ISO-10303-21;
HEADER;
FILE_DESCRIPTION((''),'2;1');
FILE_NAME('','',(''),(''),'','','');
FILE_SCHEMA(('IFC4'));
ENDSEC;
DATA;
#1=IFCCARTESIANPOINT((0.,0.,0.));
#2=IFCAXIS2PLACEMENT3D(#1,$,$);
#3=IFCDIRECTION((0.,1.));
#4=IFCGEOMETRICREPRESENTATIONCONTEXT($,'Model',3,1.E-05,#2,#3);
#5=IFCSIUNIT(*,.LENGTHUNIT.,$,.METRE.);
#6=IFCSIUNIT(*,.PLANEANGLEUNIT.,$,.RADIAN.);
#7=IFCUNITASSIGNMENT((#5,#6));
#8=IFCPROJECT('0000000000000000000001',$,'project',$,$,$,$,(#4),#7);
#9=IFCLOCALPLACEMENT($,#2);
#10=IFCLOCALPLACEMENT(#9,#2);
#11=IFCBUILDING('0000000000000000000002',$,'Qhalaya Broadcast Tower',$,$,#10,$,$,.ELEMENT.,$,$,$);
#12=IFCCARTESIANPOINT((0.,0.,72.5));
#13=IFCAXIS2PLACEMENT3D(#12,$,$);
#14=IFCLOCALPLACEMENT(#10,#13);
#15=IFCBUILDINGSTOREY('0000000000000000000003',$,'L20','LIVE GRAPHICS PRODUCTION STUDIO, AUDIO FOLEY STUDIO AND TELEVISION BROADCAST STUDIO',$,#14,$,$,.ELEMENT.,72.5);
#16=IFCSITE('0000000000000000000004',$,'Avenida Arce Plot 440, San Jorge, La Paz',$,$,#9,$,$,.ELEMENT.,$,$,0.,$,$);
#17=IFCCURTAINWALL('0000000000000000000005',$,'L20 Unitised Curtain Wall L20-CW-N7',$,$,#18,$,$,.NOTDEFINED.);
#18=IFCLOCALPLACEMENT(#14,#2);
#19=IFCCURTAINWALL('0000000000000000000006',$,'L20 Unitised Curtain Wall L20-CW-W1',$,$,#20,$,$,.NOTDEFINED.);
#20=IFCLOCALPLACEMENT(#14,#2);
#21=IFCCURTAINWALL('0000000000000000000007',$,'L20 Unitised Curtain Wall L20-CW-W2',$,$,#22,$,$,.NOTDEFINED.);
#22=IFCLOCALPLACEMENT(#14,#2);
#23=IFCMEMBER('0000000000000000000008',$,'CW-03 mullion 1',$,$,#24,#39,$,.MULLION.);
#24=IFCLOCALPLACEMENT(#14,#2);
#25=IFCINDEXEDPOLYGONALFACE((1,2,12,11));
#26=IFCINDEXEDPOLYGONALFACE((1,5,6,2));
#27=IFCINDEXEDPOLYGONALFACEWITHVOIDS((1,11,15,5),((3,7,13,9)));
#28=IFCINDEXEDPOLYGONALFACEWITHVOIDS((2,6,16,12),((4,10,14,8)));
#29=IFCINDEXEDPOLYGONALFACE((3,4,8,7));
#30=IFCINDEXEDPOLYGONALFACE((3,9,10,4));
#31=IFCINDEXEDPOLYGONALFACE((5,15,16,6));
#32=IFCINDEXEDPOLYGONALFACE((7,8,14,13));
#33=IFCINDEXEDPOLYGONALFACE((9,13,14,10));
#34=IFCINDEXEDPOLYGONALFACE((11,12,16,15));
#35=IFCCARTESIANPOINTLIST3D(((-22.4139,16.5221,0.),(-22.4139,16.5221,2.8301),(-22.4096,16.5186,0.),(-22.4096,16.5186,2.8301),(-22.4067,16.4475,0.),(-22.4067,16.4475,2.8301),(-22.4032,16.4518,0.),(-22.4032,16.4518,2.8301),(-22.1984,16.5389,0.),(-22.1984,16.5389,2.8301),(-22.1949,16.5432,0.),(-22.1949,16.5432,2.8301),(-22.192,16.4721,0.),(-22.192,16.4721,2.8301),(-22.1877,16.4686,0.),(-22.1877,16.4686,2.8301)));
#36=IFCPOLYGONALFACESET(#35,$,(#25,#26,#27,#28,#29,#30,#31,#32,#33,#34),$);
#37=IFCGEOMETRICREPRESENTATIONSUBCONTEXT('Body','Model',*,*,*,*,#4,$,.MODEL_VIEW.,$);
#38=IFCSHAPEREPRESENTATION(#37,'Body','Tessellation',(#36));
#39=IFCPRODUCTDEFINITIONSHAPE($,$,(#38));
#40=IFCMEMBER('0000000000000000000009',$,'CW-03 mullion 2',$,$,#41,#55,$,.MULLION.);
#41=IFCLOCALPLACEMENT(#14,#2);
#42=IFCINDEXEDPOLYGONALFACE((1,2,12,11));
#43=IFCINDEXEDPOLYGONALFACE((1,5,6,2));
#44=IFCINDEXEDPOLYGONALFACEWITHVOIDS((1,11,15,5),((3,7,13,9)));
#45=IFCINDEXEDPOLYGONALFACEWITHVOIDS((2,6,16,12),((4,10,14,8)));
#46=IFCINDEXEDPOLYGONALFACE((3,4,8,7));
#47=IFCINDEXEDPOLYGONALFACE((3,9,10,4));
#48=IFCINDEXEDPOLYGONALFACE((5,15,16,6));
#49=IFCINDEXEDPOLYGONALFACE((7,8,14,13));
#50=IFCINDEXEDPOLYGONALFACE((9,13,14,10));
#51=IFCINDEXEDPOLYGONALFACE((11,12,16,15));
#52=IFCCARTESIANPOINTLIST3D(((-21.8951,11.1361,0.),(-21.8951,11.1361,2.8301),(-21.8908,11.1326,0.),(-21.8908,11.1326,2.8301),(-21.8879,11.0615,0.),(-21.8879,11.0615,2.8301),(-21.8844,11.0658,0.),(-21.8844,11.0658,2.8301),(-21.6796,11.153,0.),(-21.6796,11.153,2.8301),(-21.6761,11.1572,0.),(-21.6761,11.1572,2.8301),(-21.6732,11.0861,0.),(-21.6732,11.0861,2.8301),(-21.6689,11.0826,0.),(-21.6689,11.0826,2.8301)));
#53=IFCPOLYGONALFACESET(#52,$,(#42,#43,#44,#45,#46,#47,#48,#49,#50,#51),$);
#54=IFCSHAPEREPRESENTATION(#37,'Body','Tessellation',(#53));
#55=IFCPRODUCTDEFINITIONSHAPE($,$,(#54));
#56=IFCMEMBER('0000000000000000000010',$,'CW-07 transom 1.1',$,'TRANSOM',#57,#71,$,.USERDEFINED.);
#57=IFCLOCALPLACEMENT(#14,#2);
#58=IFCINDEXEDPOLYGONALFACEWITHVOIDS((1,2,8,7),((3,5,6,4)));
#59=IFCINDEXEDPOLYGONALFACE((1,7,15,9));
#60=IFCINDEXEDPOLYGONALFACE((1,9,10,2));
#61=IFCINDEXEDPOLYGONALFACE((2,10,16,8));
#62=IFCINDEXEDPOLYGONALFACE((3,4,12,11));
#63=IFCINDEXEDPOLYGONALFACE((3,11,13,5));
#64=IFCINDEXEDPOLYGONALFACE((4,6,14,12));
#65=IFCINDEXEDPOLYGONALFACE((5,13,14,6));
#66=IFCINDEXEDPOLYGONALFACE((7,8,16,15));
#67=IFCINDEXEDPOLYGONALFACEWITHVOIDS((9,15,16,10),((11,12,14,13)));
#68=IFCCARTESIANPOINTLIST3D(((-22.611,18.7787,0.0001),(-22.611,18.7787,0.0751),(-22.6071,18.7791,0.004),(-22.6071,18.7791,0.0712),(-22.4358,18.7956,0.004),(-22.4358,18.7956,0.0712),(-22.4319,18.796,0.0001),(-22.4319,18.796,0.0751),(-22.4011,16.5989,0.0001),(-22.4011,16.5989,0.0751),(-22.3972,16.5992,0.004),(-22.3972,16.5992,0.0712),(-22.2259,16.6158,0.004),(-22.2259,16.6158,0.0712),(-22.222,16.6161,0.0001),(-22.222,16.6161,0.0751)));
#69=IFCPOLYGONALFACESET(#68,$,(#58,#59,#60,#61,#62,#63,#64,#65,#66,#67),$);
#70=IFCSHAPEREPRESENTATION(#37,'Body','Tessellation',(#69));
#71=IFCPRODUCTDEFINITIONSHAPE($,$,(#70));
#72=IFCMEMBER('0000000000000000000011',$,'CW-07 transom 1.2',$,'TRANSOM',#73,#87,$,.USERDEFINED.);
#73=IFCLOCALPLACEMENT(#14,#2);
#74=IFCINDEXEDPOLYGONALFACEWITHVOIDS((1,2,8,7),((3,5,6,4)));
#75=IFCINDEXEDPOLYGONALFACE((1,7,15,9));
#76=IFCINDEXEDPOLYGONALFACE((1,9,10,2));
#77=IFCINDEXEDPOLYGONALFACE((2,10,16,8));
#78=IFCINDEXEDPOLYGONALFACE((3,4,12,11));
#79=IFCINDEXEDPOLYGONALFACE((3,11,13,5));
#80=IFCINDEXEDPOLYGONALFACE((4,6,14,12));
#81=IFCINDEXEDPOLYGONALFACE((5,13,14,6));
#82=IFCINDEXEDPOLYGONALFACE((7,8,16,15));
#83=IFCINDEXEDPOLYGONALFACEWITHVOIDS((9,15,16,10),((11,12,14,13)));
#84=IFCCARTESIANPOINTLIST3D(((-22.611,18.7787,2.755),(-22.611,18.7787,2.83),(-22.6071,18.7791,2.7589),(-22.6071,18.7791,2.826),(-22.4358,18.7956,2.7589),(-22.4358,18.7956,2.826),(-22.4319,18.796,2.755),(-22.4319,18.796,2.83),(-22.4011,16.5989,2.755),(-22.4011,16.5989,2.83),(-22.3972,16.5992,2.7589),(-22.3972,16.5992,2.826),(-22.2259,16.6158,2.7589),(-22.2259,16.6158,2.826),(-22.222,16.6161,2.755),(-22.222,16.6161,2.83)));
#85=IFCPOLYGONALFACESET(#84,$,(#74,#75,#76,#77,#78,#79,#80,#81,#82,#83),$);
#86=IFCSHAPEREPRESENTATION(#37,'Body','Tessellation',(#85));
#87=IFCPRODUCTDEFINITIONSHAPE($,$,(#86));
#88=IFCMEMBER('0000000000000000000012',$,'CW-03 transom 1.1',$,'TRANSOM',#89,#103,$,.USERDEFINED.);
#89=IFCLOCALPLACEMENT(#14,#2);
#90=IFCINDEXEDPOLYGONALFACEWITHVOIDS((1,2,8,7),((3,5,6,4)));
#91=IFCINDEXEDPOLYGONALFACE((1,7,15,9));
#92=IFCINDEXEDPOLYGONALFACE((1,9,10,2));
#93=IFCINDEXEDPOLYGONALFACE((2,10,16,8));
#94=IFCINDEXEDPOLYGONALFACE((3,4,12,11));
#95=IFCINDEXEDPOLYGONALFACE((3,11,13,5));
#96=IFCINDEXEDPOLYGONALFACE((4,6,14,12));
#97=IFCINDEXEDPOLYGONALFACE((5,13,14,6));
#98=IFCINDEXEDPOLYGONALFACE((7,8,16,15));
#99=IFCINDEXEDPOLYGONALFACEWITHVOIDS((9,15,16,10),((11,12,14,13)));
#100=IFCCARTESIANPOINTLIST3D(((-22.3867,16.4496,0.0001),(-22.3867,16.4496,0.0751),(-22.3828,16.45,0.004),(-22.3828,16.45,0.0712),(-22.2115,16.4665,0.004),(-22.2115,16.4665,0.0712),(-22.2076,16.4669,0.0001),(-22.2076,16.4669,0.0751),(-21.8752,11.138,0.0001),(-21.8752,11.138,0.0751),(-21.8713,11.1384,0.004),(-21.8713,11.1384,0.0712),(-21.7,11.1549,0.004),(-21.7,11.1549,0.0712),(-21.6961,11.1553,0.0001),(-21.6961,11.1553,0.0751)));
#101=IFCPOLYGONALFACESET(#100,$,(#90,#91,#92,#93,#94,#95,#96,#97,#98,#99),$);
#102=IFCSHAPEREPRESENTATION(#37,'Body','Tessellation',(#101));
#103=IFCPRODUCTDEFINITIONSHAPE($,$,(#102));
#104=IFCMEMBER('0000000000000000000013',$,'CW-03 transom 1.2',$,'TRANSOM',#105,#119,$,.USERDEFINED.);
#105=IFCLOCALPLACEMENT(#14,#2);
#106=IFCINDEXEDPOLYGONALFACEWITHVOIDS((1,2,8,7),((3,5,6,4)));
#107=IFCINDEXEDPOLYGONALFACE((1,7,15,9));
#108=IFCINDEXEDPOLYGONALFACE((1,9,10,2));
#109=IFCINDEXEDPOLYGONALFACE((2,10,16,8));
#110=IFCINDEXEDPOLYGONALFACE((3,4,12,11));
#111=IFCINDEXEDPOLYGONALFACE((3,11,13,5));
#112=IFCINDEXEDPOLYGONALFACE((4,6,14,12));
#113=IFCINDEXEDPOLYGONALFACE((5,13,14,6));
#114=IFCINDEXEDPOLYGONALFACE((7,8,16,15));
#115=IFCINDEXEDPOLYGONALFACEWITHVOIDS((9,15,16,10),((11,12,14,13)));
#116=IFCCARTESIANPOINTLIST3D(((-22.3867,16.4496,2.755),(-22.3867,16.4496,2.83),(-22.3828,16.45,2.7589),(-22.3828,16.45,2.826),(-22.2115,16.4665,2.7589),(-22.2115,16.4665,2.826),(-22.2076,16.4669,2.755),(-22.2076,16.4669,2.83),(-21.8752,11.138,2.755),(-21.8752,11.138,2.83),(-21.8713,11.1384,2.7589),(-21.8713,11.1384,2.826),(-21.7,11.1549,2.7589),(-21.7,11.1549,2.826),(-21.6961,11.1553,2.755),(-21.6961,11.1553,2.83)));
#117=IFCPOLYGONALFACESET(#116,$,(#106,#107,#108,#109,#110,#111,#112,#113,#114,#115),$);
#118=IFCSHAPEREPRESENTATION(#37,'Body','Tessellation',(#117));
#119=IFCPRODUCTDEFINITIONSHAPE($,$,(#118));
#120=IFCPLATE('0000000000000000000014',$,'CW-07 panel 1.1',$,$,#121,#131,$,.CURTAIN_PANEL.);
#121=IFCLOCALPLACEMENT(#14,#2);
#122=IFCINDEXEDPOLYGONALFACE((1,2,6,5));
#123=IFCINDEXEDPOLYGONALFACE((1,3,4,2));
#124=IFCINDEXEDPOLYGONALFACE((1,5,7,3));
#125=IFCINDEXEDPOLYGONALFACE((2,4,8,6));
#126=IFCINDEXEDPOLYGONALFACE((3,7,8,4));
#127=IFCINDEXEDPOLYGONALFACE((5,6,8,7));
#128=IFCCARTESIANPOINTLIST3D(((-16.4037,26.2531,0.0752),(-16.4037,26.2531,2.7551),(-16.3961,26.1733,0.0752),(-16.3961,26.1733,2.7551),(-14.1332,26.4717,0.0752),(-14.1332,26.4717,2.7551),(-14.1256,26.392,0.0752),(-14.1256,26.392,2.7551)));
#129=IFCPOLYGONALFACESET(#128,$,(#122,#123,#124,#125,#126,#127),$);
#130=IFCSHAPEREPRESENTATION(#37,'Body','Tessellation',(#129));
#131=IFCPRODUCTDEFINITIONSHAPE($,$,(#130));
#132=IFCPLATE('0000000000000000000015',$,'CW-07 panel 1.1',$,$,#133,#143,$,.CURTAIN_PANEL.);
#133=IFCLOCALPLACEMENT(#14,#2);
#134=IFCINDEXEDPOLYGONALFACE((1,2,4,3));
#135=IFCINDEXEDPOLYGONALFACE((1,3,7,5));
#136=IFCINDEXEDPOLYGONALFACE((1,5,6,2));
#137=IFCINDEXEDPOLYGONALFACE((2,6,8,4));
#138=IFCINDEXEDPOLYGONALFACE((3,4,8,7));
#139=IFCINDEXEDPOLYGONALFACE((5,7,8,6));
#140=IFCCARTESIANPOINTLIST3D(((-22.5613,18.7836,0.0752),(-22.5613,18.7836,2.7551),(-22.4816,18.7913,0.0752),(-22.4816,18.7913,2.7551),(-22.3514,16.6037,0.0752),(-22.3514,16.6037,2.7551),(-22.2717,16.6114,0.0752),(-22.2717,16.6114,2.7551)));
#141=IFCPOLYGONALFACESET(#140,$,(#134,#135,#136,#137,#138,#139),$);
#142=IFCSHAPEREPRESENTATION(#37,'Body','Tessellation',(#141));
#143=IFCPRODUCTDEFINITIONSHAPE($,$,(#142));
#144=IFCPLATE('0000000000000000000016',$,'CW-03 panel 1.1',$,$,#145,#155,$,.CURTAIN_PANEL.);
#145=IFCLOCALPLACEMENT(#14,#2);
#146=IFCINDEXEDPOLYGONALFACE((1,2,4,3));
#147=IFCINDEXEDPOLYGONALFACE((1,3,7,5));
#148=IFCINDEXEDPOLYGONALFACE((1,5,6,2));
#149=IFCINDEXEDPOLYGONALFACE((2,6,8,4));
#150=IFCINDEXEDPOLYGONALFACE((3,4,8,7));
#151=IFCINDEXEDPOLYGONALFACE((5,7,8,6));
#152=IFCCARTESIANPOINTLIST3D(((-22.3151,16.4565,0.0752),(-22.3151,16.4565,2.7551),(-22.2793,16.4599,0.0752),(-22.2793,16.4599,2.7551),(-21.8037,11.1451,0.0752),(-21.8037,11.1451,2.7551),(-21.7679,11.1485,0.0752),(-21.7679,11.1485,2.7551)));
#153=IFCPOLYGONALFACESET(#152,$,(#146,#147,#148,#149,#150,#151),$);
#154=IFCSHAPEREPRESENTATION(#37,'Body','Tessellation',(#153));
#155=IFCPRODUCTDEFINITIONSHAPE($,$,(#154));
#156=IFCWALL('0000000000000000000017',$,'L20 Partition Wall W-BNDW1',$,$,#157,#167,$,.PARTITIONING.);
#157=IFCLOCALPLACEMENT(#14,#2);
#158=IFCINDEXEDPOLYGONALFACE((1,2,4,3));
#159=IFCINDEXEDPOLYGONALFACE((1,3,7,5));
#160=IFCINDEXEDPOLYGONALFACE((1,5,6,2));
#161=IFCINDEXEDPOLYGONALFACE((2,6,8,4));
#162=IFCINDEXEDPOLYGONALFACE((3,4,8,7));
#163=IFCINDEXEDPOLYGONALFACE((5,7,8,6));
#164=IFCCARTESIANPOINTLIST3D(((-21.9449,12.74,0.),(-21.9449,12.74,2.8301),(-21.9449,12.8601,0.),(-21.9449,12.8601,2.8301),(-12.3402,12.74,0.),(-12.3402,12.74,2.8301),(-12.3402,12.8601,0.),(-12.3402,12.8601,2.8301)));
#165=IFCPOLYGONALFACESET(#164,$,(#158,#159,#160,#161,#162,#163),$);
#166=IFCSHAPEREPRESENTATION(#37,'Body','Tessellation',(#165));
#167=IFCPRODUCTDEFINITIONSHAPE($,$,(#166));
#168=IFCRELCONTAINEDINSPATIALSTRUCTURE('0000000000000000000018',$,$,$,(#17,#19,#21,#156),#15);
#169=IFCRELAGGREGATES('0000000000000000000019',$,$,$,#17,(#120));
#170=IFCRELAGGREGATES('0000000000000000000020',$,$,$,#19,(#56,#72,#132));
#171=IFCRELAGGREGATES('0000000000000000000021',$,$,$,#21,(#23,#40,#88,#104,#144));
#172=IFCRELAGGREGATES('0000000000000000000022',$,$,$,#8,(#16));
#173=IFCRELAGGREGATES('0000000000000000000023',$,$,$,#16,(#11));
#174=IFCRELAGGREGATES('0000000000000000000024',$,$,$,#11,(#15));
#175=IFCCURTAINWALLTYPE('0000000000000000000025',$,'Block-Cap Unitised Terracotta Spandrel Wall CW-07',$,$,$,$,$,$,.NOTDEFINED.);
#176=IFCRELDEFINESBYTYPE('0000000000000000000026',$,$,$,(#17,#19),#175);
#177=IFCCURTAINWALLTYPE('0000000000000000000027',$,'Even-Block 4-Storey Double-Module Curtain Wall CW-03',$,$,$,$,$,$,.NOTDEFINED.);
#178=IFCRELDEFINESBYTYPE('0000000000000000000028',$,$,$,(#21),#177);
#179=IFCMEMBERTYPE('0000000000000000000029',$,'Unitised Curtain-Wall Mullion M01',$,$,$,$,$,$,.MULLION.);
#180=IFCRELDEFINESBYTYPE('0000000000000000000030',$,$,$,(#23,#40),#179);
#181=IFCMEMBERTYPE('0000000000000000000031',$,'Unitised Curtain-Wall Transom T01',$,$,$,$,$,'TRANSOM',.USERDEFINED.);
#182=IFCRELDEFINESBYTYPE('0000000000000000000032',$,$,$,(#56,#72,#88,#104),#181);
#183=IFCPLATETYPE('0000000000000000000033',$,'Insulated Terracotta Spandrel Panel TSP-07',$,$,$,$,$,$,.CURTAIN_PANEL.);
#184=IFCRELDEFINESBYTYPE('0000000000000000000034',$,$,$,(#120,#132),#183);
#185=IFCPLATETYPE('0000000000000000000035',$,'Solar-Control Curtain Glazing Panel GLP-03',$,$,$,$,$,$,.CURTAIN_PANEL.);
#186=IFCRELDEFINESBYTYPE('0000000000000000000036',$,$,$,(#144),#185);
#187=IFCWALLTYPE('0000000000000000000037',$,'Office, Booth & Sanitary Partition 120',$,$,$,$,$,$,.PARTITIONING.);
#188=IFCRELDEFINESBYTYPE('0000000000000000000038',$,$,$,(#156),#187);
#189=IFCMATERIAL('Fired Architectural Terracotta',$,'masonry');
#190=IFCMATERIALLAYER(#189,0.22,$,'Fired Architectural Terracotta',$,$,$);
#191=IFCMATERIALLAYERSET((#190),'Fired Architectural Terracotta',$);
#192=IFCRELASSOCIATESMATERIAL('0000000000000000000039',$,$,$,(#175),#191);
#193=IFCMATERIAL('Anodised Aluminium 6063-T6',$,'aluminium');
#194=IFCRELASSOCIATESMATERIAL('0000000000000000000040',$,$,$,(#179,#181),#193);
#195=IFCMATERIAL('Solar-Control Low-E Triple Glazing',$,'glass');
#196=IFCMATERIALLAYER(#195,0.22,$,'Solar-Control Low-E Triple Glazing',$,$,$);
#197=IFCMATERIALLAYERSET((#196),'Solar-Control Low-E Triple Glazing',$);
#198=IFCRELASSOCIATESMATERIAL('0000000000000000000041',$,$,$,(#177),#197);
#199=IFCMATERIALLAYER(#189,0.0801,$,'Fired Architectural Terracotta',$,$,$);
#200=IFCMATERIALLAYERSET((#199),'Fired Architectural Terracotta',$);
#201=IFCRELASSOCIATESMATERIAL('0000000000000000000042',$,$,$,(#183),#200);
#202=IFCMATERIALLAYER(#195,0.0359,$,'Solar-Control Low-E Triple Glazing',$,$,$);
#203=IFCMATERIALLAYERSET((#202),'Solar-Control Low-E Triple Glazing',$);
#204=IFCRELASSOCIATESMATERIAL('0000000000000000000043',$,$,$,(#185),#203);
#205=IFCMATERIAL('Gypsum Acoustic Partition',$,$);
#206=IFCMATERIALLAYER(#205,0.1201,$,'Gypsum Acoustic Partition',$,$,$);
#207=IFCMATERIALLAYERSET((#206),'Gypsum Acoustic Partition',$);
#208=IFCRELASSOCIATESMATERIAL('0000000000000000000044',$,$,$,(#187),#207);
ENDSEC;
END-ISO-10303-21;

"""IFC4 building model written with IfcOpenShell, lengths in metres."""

from ifc_helpers import new_model, si_unit, direction, frame, frame_2d, origin, origin_2d, place, context, subcontext, project, spatial, rectangle, hollow_rectangle, extrude, material, layer, layer_set, material_profile, profile_set, type_object, element, aggregate, save


model = new_model("IFC4")

# Units and contexts
model_context = context("Model", 3, precision=1e-05, world=origin(), true_north=direction((0.0, 1.0)))
body_context = subcontext(model_context, "Body", "Model", "MODEL_VIEW")
ifc_project = project(units=[si_unit("LENGTHUNIT", "METRE"), si_unit("PLANEANGLEUNIT", "RADIAN")], contexts=[model_context])

# Site, building, storey
site_placement = place(None, origin())
site = spatial("IfcSite", under=ifc_project, at=site_placement, Name="Avenida Arce Plot 440, San Jorge, La Paz", CompositionType="ELEMENT", RefElevation=0.0)
building_placement = place(site_placement, origin())
building = spatial("IfcBuilding", under=site, at=building_placement, Name="Qhalaya Broadcast Tower", CompositionType="ELEMENT")
storey_placement = place(building_placement, frame((0.0, 0.0, 72.5)))
storey = spatial("IfcBuildingStorey", under=building, at=storey_placement, Name="L20", Description="LIVE GRAPHICS PRODUCTION STUDIO, AUDIO FOLEY STUDIO AND TELEVISION BROADCAST STUDIO", CompositionType="ELEMENT", Elevation=72.5)

# Curtain wall
ifc_material_1 = material(Name="Fired Architectural Terracotta", Category="masonry")
ifc_layer_1 = layer(ifc_material_1, 0.22, Name="Fired Architectural Terracotta")
ifc_layer_set_1 = layer_set([ifc_layer_1], Name="Fired Architectural Terracotta")
curtain_wall_type_1 = type_object("IfcCurtainWallType", Name="Block-Cap Unitised Terracotta Spandrel Wall CW-07", PredefinedType="NOTDEFINED", material=ifc_layer_set_1)
curtain_wall_1_placement = place(storey_placement, origin())
curtain_wall_1 = element("IfcCurtainWall", 1, at=curtain_wall_1_placement, inside=storey, type_object=curtain_wall_type_1, Name="L20 Unitised Curtain Wall L20-CW-N7", PredefinedType="NOTDEFINED")
ifc_material_2 = material(Name="Anodised Aluminium 6063-T6", Category="aluminium")
ifc_material_profile_1 = material_profile(ifc_material_2, hollow_rectangle(XDim=0.075, YDim=0.22, WallThickness=0.0039, at=origin_2d()), Name="ALU-MUL 75x220x4")
ifc_profile_set_1 = profile_set([ifc_material_profile_1], Name="Anodised Aluminium 6063-T6")
member_type_1 = type_object("IfcMemberType", Name="Unitised Curtain-Wall Mullion M01", PredefinedType="MULLION", material=ifc_profile_set_1)

# Curtain walls, members
curtain_wall_2_placement = place(storey_placement, origin())
curtain_wall_2 = element("IfcCurtainWall", 2, at=curtain_wall_2_placement, inside=storey, type_object=curtain_wall_type_1, Name="L20 Unitised Curtain Wall L20-CW-W1", PredefinedType="NOTDEFINED")
ifc_material_3 = material(Name="Solar-Control Low-E Triple Glazing", Category="glass")
ifc_layer_2 = layer(ifc_material_3, 0.22, Name="Solar-Control Low-E Triple Glazing")
ifc_layer_set_2 = layer_set([ifc_layer_2], Name="Solar-Control Low-E Triple Glazing")
curtain_wall_type_2 = type_object("IfcCurtainWallType", Name="Even-Block 4-Storey Double-Module Curtain Wall CW-03", PredefinedType="NOTDEFINED", material=ifc_layer_set_2)
curtain_wall_3_placement = place(storey_placement, origin())
curtain_wall_3 = element("IfcCurtainWall", 3, at=curtain_wall_3_placement, inside=storey, type_object=curtain_wall_type_2, Name="L20 Unitised Curtain Wall L20-CW-W2", PredefinedType="NOTDEFINED")
member_1_placement = place(storey_placement, frame((-22.3008, 16.4954, 0.0), z_axis=(0.0, 0.0, 1.0), x_axis=(0.095843, -0.995396, 0.0)))
member_1 = element("IfcMember", 4, at=member_1_placement, type_object=member_type_1, Name="CW-03 mullion 1", PredefinedType="MULLION", context=body_context, shape_type="SweptSolid", body=[
    extrude(hollow_rectangle(XDim=0.075, YDim=0.22, WallThickness=0.0039, at=origin_2d()), origin(), (0.0, 0.0, 1.0), 2.8301),
])
member_2_placement = place(storey_placement, frame((-21.782, 11.1094, 0.0), z_axis=(0.0, 0.0, 1.0), x_axis=(0.095843, -0.995396, 0.0)))
member_2 = element("IfcMember", 5, at=member_2_placement, type_object=member_type_1, Name="CW-03 mullion 2", PredefinedType="MULLION", context=body_context, shape_type="SweptSolid", body=[
    extrude(hollow_rectangle(XDim=0.075, YDim=0.22, WallThickness=0.0039, at=origin_2d()), origin(), (0.0, 0.0, 1.0), 2.8301),
])

# Members
ifc_material_profile_2 = material_profile(ifc_material_2, hollow_rectangle(XDim=0.075, YDim=0.1799, WallThickness=0.0039, at=origin_2d()), Name="ALU-TRN 75x180x4")
ifc_profile_set_2 = profile_set([ifc_material_profile_2], Name="Anodised Aluminium 6063-T6")
member_type_2 = type_object("IfcMemberType", Name="Unitised Curtain-Wall Transom T01", ElementType="TRANSOM", PredefinedType="USERDEFINED", material=ifc_profile_set_2)
member_3_placement = place(storey_placement, frame((-22.5215, 18.7874, 0.0376), z_axis=(0.095872, -0.995394, 0.0), x_axis=(0.0, 0.0, 1.0)))
member_3 = element("IfcMember", 6, at=member_3_placement, type_object=member_type_2, Name="CW-07 transom 1.1", ObjectType="TRANSOM", PredefinedType="USERDEFINED", context=body_context, shape_type="SweptSolid", body=[
    extrude(hollow_rectangle(XDim=0.075, YDim=0.1799, WallThickness=0.0039, at=origin_2d()), origin(), (0.0, 0.0, 1.0), 2.1899),
])
member_4_placement = place(storey_placement, frame((-22.5215, 18.7874, 2.7925), z_axis=(0.095872, -0.995394, 0.0), x_axis=(0.0, 0.0, 1.0)))
member_4 = element("IfcMember", 7, at=member_4_placement, type_object=member_type_2, Name="CW-07 transom 1.2", ObjectType="TRANSOM", PredefinedType="USERDEFINED", context=body_context, shape_type="SweptSolid", body=[
    extrude(hollow_rectangle(XDim=0.075, YDim=0.1799, WallThickness=0.0039, at=origin_2d()), origin(), (0.0, 0.0, 1.0), 2.1899),
])
member_5_placement = place(storey_placement, frame((-22.2971, 16.4583, 0.0376), z_axis=(0.095852, -0.995396, 0.0), x_axis=(0.0, 0.0, 1.0)))
member_5 = element("IfcMember", 8, at=member_5_placement, type_object=member_type_2, Name="CW-03 transom 1.1", ObjectType="TRANSOM", PredefinedType="USERDEFINED", context=body_context, shape_type="SweptSolid", body=[
    extrude(hollow_rectangle(XDim=0.075, YDim=0.1799, WallThickness=0.0039, at=origin_2d()), origin(), (0.0, 0.0, 1.0), 5.3362),
])
member_6_placement = place(storey_placement, frame((-22.2971, 16.4583, 2.7925), z_axis=(0.095852, -0.995396, 0.0), x_axis=(0.0, 0.0, 1.0)))
member_6 = element("IfcMember", 9, at=member_6_placement, type_object=member_type_2, Name="CW-03 transom 1.2", ObjectType="TRANSOM", PredefinedType="USERDEFINED", context=body_context, shape_type="SweptSolid", body=[
    extrude(hollow_rectangle(XDim=0.075, YDim=0.1799, WallThickness=0.0039, at=origin_2d()), origin(), (0.0, 0.0, 1.0), 5.3362),
])

# Plates
ifc_layer_3 = layer(ifc_material_1, 0.0801, Name="Fired Architectural Terracotta")
ifc_layer_set_3 = layer_set([ifc_layer_3], Name="Fired Architectural Terracotta")
plate_type_1 = type_object("IfcPlateType", Name="Insulated Terracotta Spandrel Panel TSP-07", PredefinedType="CURTAIN_PANEL", material=ifc_layer_set_3)
plate_1_placement = place(storey_placement, frame((-15.2646, 26.3225, 0.0752), z_axis=(0.0, 0.0, 1.0), x_axis=(-0.995396, -0.095846, 0.0)))
plate_1 = element("IfcPlate", 10, at=plate_1_placement, type_object=plate_type_1, Name="CW-07 panel 1.1", PredefinedType="CURTAIN_PANEL", context=body_context, shape_type="SweptSolid", body=[
    extrude(rectangle(XDim=2.281, YDim=0.0801, at=origin_2d()), origin(), (0.0, 0.0, 1.0), 2.6799),
])
aggregate(curtain_wall_1, [plate_1])
plate_2_placement = place(storey_placement, frame((-22.4165, 17.6975, 0.0752), z_axis=(0.0, 0.0, 1.0), x_axis=(0.095856, -0.995395, 0.0)))
plate_2 = element("IfcPlate", 11, at=plate_2_placement, type_object=plate_type_1, Name="CW-07 panel 1.1", PredefinedType="CURTAIN_PANEL", context=body_context, shape_type="SweptSolid", body=[
    extrude(rectangle(XDim=2.1899, YDim=0.0801, at=origin_2d()), origin(), (0.0, 0.0, 1.0), 2.6799),
])
aggregate(curtain_wall_2, [member_3, member_4, plate_2])
ifc_layer_4 = layer(ifc_material_3, 0.0359, Name="Solar-Control Low-E Triple Glazing")
ifc_layer_set_4 = layer_set([ifc_layer_4], Name="Solar-Control Low-E Triple Glazing")
plate_type_2 = type_object("IfcPlateType", Name="Solar-Control Curtain Glazing Panel GLP-03", PredefinedType="CURTAIN_PANEL", material=ifc_layer_set_4)
plate_3_placement = place(storey_placement, frame((-22.0415, 13.8025, 0.0752), z_axis=(0.0, 0.0, 1.0), x_axis=(0.095843, -0.995396, 0.0)))
plate_3 = element("IfcPlate", 12, at=plate_3_placement, type_object=plate_type_2, Name="CW-03 panel 1.1", PredefinedType="CURTAIN_PANEL", context=body_context, shape_type="SweptSolid", body=[
    extrude(rectangle(XDim=5.3359, YDim=0.0359, at=origin_2d()), origin(), (0.0, 0.0, 1.0), 2.6799),
])
aggregate(curtain_wall_3, [member_1, member_2, member_5, member_6, plate_3])

# Wall
ifc_material_4 = material(Name="Gypsum Acoustic Partition")
ifc_layer_5 = layer(ifc_material_4, 0.1201, Name="Gypsum Acoustic Partition")
ifc_layer_set_5 = layer_set([ifc_layer_5], Name="Gypsum Acoustic Partition")
wall_type = type_object("IfcWallType", Name="Office, Booth & Sanitary Partition 120", PredefinedType="PARTITIONING", material=ifc_layer_set_5)
wall_placement = place(storey_placement, frame((-21.9448, 12.8, 0.0), z_axis=(0.0, 0.0, 1.0), x_axis=(1.0, 0.0, 0.0)))
element("IfcWall", 13, at=wall_placement, inside=storey, type_object=wall_type, Name="L20 Partition Wall W-BNDW1", PredefinedType="PARTITIONING", context=body_context, shape_type="SweptSolid", body=[
    extrude(rectangle(XDim=9.6047, YDim=0.1201, at=frame_2d((4.8022, 0.0))), origin(), (0.0, 0.0, 1.0), 2.8301),
])

save(model, "model.ifc")
